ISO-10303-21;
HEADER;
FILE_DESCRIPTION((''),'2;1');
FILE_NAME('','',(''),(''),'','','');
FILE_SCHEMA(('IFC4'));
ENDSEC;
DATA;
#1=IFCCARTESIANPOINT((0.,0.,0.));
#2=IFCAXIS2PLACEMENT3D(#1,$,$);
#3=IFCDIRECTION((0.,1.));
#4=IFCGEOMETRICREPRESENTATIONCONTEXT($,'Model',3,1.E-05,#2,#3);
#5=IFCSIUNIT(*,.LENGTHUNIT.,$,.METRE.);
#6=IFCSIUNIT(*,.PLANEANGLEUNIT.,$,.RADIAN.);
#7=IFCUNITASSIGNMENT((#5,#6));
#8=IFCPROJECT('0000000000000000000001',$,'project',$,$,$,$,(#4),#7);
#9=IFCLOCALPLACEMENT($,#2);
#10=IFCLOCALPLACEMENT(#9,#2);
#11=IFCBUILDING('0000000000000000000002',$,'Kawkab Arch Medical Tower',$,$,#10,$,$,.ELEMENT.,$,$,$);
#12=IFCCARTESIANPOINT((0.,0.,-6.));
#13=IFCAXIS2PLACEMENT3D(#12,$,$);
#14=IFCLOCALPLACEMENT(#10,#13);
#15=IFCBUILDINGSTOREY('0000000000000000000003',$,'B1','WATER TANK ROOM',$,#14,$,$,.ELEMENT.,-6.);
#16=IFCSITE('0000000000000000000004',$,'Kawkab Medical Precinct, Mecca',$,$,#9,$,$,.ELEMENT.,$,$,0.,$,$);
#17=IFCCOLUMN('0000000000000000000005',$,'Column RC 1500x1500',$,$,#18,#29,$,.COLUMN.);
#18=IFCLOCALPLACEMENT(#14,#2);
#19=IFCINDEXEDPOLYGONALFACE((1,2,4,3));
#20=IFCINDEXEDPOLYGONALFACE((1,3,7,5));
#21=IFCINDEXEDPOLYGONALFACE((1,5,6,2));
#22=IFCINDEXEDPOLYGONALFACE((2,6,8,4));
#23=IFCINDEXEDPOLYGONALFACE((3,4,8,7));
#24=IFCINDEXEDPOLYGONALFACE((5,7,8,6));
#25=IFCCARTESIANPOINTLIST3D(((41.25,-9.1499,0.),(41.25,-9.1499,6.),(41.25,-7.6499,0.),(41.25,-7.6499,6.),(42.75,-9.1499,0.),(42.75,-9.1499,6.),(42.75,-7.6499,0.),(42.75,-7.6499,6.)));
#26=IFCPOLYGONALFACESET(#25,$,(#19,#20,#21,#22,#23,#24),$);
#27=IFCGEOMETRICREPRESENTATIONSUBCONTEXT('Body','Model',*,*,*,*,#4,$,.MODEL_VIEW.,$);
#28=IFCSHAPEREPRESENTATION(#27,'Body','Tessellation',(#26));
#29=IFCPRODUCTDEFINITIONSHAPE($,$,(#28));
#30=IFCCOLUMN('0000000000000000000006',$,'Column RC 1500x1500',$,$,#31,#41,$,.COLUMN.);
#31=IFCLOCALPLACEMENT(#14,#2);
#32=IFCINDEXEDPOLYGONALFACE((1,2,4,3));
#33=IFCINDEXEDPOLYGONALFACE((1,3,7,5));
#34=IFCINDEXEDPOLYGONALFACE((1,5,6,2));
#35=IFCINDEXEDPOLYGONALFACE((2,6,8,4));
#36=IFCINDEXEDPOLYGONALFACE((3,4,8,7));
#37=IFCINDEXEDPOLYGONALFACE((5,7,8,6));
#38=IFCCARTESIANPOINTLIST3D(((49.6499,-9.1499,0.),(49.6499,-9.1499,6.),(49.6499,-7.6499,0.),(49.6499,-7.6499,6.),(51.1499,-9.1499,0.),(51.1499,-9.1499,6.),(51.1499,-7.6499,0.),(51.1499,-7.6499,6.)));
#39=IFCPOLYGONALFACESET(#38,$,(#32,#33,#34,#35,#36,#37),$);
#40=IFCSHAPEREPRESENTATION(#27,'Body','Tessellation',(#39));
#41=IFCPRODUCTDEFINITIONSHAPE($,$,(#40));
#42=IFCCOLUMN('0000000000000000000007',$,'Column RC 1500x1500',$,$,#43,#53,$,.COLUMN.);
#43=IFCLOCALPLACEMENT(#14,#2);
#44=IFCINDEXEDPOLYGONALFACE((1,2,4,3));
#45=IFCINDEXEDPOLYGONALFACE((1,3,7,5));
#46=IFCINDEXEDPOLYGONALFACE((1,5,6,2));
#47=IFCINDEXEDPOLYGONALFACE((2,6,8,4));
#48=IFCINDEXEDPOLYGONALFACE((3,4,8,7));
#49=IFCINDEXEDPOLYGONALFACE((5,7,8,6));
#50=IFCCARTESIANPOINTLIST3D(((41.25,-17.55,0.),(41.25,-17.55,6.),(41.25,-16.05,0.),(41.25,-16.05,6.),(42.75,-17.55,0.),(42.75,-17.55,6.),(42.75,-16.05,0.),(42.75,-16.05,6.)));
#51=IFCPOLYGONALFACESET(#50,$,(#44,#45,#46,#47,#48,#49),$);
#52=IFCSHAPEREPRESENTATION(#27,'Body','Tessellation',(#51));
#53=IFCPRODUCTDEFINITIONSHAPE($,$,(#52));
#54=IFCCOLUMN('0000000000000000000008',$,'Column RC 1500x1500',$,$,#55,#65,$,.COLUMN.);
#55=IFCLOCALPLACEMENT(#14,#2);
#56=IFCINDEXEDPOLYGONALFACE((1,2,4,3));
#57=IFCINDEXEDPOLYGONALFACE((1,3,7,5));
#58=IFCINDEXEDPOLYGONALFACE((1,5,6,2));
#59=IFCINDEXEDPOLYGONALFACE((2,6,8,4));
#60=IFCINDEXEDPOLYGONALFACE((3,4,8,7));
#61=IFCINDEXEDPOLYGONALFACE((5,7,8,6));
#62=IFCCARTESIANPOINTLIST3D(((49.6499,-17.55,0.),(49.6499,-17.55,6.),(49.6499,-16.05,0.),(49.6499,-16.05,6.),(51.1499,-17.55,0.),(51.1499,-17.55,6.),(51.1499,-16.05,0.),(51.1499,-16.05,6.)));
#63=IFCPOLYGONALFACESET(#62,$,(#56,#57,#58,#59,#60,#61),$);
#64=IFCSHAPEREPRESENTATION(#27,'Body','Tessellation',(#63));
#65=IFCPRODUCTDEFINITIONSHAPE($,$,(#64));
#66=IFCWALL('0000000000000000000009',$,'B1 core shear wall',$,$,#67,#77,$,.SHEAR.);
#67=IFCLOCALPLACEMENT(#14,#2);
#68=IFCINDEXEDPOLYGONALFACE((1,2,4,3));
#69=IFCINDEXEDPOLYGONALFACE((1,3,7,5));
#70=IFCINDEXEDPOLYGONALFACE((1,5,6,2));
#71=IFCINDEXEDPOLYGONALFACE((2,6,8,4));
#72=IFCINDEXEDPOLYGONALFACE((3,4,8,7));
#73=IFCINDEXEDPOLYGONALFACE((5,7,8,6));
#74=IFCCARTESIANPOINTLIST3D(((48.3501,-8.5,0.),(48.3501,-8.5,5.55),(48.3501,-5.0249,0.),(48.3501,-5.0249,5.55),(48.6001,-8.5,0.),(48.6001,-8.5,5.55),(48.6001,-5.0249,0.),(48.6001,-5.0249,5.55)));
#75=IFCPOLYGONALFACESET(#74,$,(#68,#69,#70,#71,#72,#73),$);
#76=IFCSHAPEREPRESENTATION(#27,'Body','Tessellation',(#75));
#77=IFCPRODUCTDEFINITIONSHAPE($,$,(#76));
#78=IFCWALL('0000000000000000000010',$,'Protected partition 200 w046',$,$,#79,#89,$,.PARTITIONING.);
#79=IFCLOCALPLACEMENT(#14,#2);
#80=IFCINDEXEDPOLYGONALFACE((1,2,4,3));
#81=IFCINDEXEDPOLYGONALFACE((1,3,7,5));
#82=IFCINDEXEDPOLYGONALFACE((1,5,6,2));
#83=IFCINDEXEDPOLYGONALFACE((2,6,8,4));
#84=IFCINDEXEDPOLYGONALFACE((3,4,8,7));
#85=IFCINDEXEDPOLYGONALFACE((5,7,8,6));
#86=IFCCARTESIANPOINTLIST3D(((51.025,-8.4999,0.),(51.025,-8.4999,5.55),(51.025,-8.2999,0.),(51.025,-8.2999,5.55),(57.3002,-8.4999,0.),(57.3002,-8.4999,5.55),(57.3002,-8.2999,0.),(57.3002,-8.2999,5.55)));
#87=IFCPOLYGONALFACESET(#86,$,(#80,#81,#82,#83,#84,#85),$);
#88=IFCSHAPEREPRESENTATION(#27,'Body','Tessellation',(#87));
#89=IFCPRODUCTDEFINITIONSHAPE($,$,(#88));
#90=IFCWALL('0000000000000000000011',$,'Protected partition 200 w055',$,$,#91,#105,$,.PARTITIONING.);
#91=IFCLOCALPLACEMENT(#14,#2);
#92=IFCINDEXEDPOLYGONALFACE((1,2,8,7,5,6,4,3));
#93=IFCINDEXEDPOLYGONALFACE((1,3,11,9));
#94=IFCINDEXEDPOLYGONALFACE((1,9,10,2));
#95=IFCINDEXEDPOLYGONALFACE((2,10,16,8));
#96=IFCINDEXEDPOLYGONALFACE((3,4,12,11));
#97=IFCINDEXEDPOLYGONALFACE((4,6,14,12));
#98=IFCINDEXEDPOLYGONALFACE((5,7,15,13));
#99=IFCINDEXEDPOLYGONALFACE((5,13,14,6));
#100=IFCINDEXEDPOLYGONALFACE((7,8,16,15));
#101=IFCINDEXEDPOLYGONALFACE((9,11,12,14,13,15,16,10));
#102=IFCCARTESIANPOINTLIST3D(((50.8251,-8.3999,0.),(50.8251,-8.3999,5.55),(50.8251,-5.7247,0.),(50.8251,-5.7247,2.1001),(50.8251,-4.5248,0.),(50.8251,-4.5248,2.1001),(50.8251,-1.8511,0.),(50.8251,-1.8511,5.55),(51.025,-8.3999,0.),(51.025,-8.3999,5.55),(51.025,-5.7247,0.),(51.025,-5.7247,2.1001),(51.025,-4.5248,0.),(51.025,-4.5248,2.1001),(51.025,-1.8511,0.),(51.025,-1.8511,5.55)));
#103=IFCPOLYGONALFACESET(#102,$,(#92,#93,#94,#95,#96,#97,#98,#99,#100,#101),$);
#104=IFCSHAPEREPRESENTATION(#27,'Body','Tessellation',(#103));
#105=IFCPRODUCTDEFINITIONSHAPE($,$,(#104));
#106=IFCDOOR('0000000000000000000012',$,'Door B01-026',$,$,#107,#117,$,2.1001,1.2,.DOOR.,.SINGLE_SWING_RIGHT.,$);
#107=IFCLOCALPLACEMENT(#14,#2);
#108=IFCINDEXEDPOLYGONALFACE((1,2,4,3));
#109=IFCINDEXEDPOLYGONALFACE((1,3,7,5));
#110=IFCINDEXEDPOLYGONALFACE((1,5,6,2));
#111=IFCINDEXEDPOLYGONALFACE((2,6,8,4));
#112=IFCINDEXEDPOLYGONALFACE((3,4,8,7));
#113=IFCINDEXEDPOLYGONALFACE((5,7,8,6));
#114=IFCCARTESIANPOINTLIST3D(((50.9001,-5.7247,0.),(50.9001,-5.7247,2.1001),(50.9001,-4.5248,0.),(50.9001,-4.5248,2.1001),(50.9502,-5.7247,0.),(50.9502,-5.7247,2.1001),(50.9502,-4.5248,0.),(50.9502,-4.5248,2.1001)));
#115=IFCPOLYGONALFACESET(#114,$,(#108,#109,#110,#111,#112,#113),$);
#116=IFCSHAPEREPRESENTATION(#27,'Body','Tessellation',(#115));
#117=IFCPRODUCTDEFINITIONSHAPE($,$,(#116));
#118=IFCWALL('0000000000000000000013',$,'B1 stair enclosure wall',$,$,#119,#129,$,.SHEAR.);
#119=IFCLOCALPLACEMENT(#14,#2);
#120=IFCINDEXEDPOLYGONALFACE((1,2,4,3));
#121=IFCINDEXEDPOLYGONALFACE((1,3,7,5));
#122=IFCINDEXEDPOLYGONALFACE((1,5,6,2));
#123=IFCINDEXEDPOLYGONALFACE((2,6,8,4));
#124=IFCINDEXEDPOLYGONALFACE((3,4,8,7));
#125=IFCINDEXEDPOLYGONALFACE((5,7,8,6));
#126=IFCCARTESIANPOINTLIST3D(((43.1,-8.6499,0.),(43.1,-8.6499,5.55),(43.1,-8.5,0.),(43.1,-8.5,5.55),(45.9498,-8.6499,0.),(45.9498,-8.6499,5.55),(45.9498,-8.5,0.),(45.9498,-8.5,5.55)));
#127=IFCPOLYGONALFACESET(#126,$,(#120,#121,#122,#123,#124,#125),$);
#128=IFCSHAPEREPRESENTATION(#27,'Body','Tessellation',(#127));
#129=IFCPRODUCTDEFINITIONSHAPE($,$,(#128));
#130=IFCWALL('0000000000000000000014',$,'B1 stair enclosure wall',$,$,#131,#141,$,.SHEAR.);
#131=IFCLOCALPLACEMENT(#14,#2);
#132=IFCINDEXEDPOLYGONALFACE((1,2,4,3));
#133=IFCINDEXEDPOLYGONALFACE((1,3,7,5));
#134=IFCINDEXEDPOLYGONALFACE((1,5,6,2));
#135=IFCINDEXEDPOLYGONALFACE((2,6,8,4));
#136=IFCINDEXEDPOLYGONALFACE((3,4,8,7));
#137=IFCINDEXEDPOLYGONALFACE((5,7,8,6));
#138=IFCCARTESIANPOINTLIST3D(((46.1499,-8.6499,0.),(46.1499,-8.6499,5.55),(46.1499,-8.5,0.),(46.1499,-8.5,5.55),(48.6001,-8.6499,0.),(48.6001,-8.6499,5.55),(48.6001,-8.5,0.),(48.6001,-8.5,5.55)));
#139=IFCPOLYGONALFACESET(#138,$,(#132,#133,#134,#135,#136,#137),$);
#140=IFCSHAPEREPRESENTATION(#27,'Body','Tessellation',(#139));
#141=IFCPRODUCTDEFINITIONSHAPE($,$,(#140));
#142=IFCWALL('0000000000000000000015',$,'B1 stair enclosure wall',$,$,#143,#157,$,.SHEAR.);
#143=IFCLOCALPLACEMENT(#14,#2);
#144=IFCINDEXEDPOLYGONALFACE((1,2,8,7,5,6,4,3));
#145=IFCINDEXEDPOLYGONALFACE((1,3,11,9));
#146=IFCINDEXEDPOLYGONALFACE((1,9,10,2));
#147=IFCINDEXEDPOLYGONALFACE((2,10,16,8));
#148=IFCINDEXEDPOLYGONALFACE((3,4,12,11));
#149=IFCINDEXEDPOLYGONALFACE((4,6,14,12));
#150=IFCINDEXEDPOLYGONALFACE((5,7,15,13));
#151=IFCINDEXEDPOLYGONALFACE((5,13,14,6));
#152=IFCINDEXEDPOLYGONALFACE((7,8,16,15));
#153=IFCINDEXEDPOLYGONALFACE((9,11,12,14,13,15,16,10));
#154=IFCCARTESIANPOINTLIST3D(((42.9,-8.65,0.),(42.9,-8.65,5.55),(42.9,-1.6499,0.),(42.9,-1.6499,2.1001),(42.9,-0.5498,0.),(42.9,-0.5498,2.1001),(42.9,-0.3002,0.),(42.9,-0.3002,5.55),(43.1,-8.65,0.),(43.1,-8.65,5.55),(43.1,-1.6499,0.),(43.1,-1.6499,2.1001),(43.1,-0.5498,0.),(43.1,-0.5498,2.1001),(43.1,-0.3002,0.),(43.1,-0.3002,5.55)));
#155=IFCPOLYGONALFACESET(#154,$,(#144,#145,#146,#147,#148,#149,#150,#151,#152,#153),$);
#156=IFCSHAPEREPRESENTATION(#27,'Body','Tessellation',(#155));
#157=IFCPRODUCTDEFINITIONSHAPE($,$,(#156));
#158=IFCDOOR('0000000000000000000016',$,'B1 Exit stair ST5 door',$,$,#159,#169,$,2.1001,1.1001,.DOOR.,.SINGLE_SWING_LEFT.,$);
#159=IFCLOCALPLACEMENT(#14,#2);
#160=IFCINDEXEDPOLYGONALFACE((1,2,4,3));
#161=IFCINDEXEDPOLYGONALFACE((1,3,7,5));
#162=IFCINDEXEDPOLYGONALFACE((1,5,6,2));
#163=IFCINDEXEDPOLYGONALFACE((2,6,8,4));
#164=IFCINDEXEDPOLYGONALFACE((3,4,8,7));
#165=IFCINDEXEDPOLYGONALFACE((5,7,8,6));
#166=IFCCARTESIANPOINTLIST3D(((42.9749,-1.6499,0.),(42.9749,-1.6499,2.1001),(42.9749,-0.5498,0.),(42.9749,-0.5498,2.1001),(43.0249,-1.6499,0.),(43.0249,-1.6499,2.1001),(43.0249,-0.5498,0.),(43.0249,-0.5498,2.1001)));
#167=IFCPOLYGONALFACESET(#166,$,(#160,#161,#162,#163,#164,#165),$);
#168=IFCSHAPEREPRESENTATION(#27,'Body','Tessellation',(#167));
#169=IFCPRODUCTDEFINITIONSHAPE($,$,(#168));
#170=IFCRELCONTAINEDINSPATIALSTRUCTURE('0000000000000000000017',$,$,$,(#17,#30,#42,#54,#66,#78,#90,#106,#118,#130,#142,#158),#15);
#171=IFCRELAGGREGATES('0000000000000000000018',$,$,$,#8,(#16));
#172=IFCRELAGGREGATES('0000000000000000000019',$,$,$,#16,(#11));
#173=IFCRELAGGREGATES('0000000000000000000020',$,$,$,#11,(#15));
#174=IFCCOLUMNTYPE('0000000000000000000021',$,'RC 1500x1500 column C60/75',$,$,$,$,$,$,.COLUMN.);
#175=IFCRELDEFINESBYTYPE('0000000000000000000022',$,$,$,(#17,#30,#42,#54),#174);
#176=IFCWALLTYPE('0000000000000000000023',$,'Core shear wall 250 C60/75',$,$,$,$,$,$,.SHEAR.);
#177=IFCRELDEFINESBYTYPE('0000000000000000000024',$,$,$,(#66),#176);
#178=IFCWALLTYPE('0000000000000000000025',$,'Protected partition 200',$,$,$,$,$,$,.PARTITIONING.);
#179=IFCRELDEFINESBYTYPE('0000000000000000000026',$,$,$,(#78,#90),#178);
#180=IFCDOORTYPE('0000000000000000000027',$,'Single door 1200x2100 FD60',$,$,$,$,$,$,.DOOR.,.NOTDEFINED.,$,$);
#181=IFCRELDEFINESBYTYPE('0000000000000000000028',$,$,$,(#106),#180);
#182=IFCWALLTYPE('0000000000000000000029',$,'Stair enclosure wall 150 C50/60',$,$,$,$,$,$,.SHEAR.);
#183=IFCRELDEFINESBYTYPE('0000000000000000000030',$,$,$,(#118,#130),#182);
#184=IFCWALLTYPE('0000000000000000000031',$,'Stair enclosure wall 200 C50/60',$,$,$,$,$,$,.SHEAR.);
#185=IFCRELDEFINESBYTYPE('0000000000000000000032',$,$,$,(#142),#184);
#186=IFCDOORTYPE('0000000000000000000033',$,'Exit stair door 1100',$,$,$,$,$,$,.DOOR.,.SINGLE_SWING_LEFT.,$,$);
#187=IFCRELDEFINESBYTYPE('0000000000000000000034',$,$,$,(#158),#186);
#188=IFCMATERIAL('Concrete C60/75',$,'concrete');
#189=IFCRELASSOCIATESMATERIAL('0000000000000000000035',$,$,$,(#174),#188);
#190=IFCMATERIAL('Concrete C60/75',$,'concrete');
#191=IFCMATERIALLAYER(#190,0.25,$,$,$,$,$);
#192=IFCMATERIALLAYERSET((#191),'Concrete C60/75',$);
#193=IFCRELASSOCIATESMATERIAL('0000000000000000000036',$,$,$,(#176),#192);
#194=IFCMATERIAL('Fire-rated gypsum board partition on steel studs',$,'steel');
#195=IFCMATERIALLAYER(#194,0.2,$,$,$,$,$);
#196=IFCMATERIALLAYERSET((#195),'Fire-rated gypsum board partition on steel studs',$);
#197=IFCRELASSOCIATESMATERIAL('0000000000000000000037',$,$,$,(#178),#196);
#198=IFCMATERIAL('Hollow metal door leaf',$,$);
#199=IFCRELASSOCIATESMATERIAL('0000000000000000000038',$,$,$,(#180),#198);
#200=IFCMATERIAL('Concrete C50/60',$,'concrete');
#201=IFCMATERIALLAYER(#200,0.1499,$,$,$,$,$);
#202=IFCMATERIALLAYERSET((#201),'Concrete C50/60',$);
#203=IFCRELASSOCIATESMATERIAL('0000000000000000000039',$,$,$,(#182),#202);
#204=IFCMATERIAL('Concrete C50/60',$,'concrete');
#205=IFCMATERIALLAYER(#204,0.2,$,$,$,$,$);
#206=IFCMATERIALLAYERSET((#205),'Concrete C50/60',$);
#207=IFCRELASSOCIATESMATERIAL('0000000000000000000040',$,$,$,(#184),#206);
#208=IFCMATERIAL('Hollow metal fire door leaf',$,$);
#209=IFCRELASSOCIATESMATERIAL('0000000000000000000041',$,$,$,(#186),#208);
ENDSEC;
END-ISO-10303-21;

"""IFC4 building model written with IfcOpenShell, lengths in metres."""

from ifc_helpers import new_model, si_unit, direction, frame, frame_2d, origin, origin_2d, place, context, subcontext, project, spatial, rectangle, extrude, material, layer, layer_set, material_profile, profile_set, type_object, element, fill, save


model = new_model("IFC4")

# Units and contexts
model_context = context("Model", 3, precision=1e-05, world=origin(), true_north=direction((0.0, 1.0)))
body_context = subcontext(model_context, "Body", "Model", "MODEL_VIEW")
ifc_project = project(units=[si_unit("LENGTHUNIT", "METRE"), si_unit("PLANEANGLEUNIT", "RADIAN")], contexts=[model_context])

# Site, building, storey
site_placement = place(None, origin())
site = spatial("IfcSite", under=ifc_project, at=site_placement, Name="Kawkab Medical Precinct, Mecca", CompositionType="ELEMENT", RefElevation=0.0)
building_placement = place(site_placement, origin())
building = spatial("IfcBuilding", under=site, at=building_placement, Name="Kawkab Arch Medical Tower", CompositionType="ELEMENT")
storey_placement = place(building_placement, frame((0.0, 0.0, -6.0)))
storey = spatial("IfcBuildingStorey", under=building, at=storey_placement, Name="B1", Description="WATER TANK ROOM", CompositionType="ELEMENT", Elevation=-6.0)

# Columns
ifc_material_1 = material(Name="Concrete C60/75", Category="concrete")
ifc_material_profile_1 = material_profile(ifc_material_1, rectangle(XDim=1.5, YDim=1.5, at=origin_2d()), Name="RC 1500x1500")
ifc_profile_set_1 = profile_set([ifc_material_profile_1], Name="Concrete C60/75")
column_type = type_object("IfcColumnType", Name="RC 1500x1500 column C60/75", PredefinedType="COLUMN", material=ifc_profile_set_1)
for number, where, z_axis, x_axis, name in (
    (1, (42.0, -8.3999, 0.0), (0.0, 0.0, 1.0), (1.0, 0.0, 0.0), "Column RC 1500x1500"),
    (2, (50.3999, -8.3999, 0.0), (0.0, 0.0, 1.0), (1.0, 0.0, 0.0), "Column RC 1500x1500"),
    (3, (42.0, -16.8, 0.0), (0.0, 0.0, 1.0), (1.0, 0.0, 0.0), "Column RC 1500x1500"),
    (4, (50.3999, -16.8, 0.0), (0.0, 0.0, 1.0), (1.0, 0.0, 0.0), "Column RC 1500x1500"),
):
    element("IfcColumn", number, at=place(storey_placement, frame(where, z_axis=z_axis, x_axis=x_axis)), inside=storey, type_object=column_type, Name=name, PredefinedType="COLUMN", context=body_context, shape_type="SweptSolid", body=[
        extrude(rectangle(XDim=1.5, YDim=1.5, at=origin_2d()), origin(), (0.0, 0.0, 1.0), 6.0),
    ])

# Walls
ifc_material_2 = material(Name="Concrete C60/75", Category="concrete")
ifc_layer_1 = layer(ifc_material_2, 0.25)
ifc_layer_set_1 = layer_set([ifc_layer_1], Name="Concrete C60/75")
wall_type_1 = type_object("IfcWallType", Name="Core shear wall 250 C60/75", PredefinedType="SHEAR", material=ifc_layer_set_1)
wall_1_placement = place(storey_placement, frame((48.4751, -8.5, 0.0), z_axis=(0.0, 0.0, 1.0), x_axis=(0.0, 1.0, 0.0)))
element("IfcWall", 5, at=wall_1_placement, inside=storey, type_object=wall_type_1, Name="B1 core shear wall", PredefinedType="SHEAR", context=body_context, shape_type="SweptSolid", body=[
    extrude(rectangle(XDim=3.4751, YDim=0.25, at=frame_2d((1.7375, 0.0))), origin(), (0.0, 0.0, 1.0), 5.55),
])
ifc_material_3 = material(Name="Fire-rated gypsum board partition on steel studs", Category="steel")
ifc_layer_2 = layer(ifc_material_3, 0.2)
ifc_layer_set_2 = layer_set([ifc_layer_2], Name="Fire-rated gypsum board partition on steel studs")
wall_type_2 = type_object("IfcWallType", Name="Protected partition 200", PredefinedType="PARTITIONING", material=ifc_layer_set_2)
wall_2_placement = place(storey_placement, frame((51.0249, -8.3999, 0.0), z_axis=(0.0, 0.0, 1.0), x_axis=(1.0, 0.0, 0.0)))
element("IfcWall", 6, at=wall_2_placement, inside=storey, type_object=wall_type_2, Name="Protected partition 200 w046", PredefinedType="PARTITIONING", context=body_context, shape_type="SweptSolid", body=[
    extrude(rectangle(XDim=6.2751, YDim=0.2, at=frame_2d((3.1377, 0.0))), origin(), (0.0, 0.0, 1.0), 5.55),
])

# Wall, opening, door
wall_3_placement = place(storey_placement, frame((50.925, -8.3999, 0.0), z_axis=(0.0, 0.0, 1.0), x_axis=(0.0, 1.0, 0.0)))
wall_3 = element("IfcWall", 7, at=wall_3_placement, inside=storey, type_object=wall_type_2, Name="Protected partition 200 w055", PredefinedType="PARTITIONING", context=body_context, shape_type="SweptSolid", body=[
    extrude(rectangle(XDim=6.5488, YDim=0.2, at=frame_2d((3.2744, 0.0))), origin(), (0.0, 0.0, 1.0), 5.55),
])
opening_1_placement = place(wall_3_placement, frame((2.675, 0.0, 0.0)))
opening_1 = element("IfcOpeningElement", 8, at=opening_1_placement, cuts=wall_3, PredefinedType="OPENING", context=body_context, shape_type="SweptSolid", body=[
    extrude(rectangle(XDim=1.2, YDim=2.1001, at=frame_2d((0.6001, 1.05))), frame((0.0, 0.1099, 0.0), z_axis=(0.0, -1.0, 0.0), x_axis=(1.0, 0.0, 0.0)), (0.0, 0.0, 1.0), 0.22),
])
ifc_material_4 = material(Name="Hollow metal door leaf")
door_type_1 = type_object("IfcDoorType", Name="Single door 1200x2100 FD60", OperationType="NOTDEFINED", PredefinedType="DOOR", material=ifc_material_4)
door_1_placement = place(opening_1_placement, origin())
door_1 = element("IfcDoor", 9, at=door_1_placement, inside=storey, type_object=door_type_1, Name="Door B01-026", OperationType="SINGLE_SWING_RIGHT", OverallHeight=2.1001, OverallWidth=1.2, PredefinedType="DOOR", context=body_context, shape_type="SweptSolid", body=[
    extrude(rectangle(XDim=1.2, YDim=2.1001, at=frame_2d((0.6001, 1.05))), frame((0.0, 0.0249, 0.0), z_axis=(0.0, -1.0, 0.0), x_axis=(1.0, 0.0, 0.0)), (0.0, 0.0, 1.0), 0.05),
])
fill(opening_1, door_1)

# Walls
ifc_material_5 = material(Name="Concrete C50/60", Category="concrete")
ifc_layer_3 = layer(ifc_material_5, 0.1499)
ifc_layer_set_3 = layer_set([ifc_layer_3], Name="Concrete C50/60")
wall_type_3 = type_object("IfcWallType", Name="Stair enclosure wall 150 C50/60", PredefinedType="SHEAR", material=ifc_layer_set_3)
wall_4_placement = place(storey_placement, frame((43.1001, -8.575, 0.0), z_axis=(0.0, 0.0, 1.0), x_axis=(1.0, 0.0, 0.0)))
element("IfcWall", 10, at=wall_4_placement, inside=storey, type_object=wall_type_3, Name="B1 stair enclosure wall", PredefinedType="SHEAR", context=body_context, shape_type="SweptSolid", body=[
    extrude(rectangle(XDim=2.8499, YDim=0.1499, at=frame_2d((1.4248, 0.0))), origin(), (0.0, 0.0, 1.0), 5.55),
])
wall_5_placement = place(storey_placement, frame((46.1499, -8.575, 0.0), z_axis=(0.0, 0.0, 1.0), x_axis=(1.0, 0.0, 0.0)))
element("IfcWall", 11, at=wall_5_placement, inside=storey, type_object=wall_type_3, Name="B1 stair enclosure wall", PredefinedType="SHEAR", context=body_context, shape_type="SweptSolid", body=[
    extrude(rectangle(XDim=2.4502, YDim=0.1499, at=frame_2d((1.2251, 0.0))), origin(), (0.0, 0.0, 1.0), 5.55),
])

# Wall, opening, door
ifc_material_6 = material(Name="Concrete C50/60", Category="concrete")
ifc_layer_4 = layer(ifc_material_6, 0.2)
ifc_layer_set_4 = layer_set([ifc_layer_4], Name="Concrete C50/60")
wall_type_4 = type_object("IfcWallType", Name="Stair enclosure wall 200 C50/60", PredefinedType="SHEAR", material=ifc_layer_set_4)
wall_6_placement = place(storey_placement, frame((43.0, -8.6499, 0.0), z_axis=(0.0, 0.0, 1.0), x_axis=(0.0, 1.0, 0.0)))
wall_6 = element("IfcWall", 12, at=wall_6_placement, inside=storey, type_object=wall_type_4, Name="B1 stair enclosure wall", PredefinedType="SHEAR", context=body_context, shape_type="SweptSolid", body=[
    extrude(rectangle(XDim=8.3499, YDim=0.2, at=frame_2d((4.1748, 0.0))), origin(), (0.0, 0.0, 1.0), 5.55),
])
opening_2_placement = place(wall_6_placement, frame((7.0, 0.0, 0.0)))
opening_2 = element("IfcOpeningElement", 13, at=opening_2_placement, cuts=wall_6, PredefinedType="OPENING", context=body_context, shape_type="SweptSolid", body=[
    extrude(rectangle(XDim=1.1001, YDim=2.1001, at=frame_2d((0.55, 1.05))), frame((0.0, 0.1099, 0.0), z_axis=(0.0, -1.0, 0.0), x_axis=(1.0, 0.0, 0.0)), (0.0, 0.0, 1.0), 0.22),
])
ifc_material_7 = material(Name="Hollow metal fire door leaf")
door_type_2 = type_object("IfcDoorType", Name="Exit stair door 1100", OperationType="SINGLE_SWING_LEFT", PredefinedType="DOOR", material=ifc_material_7)
door_2_placement = place(opening_2_placement, frame((1.1001, 0.0, 0.0), z_axis=(0.0, 0.0, 1.0), x_axis=(-1.0, 0.0, 0.0)))
door_2 = element("IfcDoor", 14, at=door_2_placement, inside=storey, type_object=door_type_2, Name="B1 Exit stair ST5 door", OperationType="SINGLE_SWING_LEFT", OverallHeight=2.1001, OverallWidth=1.1001, PredefinedType="DOOR", context=body_context, shape_type="SweptSolid", body=[
    extrude(rectangle(XDim=1.1001, YDim=2.1001, at=frame_2d((0.55, 1.05))), frame((0.0, 0.0249, 0.0), z_axis=(0.0, -1.0, 0.0), x_axis=(1.0, 0.0, 0.0)), (0.0, 0.0, 1.0), 0.05),
])
fill(opening_2, door_2)

save(model, "model.ifc")
